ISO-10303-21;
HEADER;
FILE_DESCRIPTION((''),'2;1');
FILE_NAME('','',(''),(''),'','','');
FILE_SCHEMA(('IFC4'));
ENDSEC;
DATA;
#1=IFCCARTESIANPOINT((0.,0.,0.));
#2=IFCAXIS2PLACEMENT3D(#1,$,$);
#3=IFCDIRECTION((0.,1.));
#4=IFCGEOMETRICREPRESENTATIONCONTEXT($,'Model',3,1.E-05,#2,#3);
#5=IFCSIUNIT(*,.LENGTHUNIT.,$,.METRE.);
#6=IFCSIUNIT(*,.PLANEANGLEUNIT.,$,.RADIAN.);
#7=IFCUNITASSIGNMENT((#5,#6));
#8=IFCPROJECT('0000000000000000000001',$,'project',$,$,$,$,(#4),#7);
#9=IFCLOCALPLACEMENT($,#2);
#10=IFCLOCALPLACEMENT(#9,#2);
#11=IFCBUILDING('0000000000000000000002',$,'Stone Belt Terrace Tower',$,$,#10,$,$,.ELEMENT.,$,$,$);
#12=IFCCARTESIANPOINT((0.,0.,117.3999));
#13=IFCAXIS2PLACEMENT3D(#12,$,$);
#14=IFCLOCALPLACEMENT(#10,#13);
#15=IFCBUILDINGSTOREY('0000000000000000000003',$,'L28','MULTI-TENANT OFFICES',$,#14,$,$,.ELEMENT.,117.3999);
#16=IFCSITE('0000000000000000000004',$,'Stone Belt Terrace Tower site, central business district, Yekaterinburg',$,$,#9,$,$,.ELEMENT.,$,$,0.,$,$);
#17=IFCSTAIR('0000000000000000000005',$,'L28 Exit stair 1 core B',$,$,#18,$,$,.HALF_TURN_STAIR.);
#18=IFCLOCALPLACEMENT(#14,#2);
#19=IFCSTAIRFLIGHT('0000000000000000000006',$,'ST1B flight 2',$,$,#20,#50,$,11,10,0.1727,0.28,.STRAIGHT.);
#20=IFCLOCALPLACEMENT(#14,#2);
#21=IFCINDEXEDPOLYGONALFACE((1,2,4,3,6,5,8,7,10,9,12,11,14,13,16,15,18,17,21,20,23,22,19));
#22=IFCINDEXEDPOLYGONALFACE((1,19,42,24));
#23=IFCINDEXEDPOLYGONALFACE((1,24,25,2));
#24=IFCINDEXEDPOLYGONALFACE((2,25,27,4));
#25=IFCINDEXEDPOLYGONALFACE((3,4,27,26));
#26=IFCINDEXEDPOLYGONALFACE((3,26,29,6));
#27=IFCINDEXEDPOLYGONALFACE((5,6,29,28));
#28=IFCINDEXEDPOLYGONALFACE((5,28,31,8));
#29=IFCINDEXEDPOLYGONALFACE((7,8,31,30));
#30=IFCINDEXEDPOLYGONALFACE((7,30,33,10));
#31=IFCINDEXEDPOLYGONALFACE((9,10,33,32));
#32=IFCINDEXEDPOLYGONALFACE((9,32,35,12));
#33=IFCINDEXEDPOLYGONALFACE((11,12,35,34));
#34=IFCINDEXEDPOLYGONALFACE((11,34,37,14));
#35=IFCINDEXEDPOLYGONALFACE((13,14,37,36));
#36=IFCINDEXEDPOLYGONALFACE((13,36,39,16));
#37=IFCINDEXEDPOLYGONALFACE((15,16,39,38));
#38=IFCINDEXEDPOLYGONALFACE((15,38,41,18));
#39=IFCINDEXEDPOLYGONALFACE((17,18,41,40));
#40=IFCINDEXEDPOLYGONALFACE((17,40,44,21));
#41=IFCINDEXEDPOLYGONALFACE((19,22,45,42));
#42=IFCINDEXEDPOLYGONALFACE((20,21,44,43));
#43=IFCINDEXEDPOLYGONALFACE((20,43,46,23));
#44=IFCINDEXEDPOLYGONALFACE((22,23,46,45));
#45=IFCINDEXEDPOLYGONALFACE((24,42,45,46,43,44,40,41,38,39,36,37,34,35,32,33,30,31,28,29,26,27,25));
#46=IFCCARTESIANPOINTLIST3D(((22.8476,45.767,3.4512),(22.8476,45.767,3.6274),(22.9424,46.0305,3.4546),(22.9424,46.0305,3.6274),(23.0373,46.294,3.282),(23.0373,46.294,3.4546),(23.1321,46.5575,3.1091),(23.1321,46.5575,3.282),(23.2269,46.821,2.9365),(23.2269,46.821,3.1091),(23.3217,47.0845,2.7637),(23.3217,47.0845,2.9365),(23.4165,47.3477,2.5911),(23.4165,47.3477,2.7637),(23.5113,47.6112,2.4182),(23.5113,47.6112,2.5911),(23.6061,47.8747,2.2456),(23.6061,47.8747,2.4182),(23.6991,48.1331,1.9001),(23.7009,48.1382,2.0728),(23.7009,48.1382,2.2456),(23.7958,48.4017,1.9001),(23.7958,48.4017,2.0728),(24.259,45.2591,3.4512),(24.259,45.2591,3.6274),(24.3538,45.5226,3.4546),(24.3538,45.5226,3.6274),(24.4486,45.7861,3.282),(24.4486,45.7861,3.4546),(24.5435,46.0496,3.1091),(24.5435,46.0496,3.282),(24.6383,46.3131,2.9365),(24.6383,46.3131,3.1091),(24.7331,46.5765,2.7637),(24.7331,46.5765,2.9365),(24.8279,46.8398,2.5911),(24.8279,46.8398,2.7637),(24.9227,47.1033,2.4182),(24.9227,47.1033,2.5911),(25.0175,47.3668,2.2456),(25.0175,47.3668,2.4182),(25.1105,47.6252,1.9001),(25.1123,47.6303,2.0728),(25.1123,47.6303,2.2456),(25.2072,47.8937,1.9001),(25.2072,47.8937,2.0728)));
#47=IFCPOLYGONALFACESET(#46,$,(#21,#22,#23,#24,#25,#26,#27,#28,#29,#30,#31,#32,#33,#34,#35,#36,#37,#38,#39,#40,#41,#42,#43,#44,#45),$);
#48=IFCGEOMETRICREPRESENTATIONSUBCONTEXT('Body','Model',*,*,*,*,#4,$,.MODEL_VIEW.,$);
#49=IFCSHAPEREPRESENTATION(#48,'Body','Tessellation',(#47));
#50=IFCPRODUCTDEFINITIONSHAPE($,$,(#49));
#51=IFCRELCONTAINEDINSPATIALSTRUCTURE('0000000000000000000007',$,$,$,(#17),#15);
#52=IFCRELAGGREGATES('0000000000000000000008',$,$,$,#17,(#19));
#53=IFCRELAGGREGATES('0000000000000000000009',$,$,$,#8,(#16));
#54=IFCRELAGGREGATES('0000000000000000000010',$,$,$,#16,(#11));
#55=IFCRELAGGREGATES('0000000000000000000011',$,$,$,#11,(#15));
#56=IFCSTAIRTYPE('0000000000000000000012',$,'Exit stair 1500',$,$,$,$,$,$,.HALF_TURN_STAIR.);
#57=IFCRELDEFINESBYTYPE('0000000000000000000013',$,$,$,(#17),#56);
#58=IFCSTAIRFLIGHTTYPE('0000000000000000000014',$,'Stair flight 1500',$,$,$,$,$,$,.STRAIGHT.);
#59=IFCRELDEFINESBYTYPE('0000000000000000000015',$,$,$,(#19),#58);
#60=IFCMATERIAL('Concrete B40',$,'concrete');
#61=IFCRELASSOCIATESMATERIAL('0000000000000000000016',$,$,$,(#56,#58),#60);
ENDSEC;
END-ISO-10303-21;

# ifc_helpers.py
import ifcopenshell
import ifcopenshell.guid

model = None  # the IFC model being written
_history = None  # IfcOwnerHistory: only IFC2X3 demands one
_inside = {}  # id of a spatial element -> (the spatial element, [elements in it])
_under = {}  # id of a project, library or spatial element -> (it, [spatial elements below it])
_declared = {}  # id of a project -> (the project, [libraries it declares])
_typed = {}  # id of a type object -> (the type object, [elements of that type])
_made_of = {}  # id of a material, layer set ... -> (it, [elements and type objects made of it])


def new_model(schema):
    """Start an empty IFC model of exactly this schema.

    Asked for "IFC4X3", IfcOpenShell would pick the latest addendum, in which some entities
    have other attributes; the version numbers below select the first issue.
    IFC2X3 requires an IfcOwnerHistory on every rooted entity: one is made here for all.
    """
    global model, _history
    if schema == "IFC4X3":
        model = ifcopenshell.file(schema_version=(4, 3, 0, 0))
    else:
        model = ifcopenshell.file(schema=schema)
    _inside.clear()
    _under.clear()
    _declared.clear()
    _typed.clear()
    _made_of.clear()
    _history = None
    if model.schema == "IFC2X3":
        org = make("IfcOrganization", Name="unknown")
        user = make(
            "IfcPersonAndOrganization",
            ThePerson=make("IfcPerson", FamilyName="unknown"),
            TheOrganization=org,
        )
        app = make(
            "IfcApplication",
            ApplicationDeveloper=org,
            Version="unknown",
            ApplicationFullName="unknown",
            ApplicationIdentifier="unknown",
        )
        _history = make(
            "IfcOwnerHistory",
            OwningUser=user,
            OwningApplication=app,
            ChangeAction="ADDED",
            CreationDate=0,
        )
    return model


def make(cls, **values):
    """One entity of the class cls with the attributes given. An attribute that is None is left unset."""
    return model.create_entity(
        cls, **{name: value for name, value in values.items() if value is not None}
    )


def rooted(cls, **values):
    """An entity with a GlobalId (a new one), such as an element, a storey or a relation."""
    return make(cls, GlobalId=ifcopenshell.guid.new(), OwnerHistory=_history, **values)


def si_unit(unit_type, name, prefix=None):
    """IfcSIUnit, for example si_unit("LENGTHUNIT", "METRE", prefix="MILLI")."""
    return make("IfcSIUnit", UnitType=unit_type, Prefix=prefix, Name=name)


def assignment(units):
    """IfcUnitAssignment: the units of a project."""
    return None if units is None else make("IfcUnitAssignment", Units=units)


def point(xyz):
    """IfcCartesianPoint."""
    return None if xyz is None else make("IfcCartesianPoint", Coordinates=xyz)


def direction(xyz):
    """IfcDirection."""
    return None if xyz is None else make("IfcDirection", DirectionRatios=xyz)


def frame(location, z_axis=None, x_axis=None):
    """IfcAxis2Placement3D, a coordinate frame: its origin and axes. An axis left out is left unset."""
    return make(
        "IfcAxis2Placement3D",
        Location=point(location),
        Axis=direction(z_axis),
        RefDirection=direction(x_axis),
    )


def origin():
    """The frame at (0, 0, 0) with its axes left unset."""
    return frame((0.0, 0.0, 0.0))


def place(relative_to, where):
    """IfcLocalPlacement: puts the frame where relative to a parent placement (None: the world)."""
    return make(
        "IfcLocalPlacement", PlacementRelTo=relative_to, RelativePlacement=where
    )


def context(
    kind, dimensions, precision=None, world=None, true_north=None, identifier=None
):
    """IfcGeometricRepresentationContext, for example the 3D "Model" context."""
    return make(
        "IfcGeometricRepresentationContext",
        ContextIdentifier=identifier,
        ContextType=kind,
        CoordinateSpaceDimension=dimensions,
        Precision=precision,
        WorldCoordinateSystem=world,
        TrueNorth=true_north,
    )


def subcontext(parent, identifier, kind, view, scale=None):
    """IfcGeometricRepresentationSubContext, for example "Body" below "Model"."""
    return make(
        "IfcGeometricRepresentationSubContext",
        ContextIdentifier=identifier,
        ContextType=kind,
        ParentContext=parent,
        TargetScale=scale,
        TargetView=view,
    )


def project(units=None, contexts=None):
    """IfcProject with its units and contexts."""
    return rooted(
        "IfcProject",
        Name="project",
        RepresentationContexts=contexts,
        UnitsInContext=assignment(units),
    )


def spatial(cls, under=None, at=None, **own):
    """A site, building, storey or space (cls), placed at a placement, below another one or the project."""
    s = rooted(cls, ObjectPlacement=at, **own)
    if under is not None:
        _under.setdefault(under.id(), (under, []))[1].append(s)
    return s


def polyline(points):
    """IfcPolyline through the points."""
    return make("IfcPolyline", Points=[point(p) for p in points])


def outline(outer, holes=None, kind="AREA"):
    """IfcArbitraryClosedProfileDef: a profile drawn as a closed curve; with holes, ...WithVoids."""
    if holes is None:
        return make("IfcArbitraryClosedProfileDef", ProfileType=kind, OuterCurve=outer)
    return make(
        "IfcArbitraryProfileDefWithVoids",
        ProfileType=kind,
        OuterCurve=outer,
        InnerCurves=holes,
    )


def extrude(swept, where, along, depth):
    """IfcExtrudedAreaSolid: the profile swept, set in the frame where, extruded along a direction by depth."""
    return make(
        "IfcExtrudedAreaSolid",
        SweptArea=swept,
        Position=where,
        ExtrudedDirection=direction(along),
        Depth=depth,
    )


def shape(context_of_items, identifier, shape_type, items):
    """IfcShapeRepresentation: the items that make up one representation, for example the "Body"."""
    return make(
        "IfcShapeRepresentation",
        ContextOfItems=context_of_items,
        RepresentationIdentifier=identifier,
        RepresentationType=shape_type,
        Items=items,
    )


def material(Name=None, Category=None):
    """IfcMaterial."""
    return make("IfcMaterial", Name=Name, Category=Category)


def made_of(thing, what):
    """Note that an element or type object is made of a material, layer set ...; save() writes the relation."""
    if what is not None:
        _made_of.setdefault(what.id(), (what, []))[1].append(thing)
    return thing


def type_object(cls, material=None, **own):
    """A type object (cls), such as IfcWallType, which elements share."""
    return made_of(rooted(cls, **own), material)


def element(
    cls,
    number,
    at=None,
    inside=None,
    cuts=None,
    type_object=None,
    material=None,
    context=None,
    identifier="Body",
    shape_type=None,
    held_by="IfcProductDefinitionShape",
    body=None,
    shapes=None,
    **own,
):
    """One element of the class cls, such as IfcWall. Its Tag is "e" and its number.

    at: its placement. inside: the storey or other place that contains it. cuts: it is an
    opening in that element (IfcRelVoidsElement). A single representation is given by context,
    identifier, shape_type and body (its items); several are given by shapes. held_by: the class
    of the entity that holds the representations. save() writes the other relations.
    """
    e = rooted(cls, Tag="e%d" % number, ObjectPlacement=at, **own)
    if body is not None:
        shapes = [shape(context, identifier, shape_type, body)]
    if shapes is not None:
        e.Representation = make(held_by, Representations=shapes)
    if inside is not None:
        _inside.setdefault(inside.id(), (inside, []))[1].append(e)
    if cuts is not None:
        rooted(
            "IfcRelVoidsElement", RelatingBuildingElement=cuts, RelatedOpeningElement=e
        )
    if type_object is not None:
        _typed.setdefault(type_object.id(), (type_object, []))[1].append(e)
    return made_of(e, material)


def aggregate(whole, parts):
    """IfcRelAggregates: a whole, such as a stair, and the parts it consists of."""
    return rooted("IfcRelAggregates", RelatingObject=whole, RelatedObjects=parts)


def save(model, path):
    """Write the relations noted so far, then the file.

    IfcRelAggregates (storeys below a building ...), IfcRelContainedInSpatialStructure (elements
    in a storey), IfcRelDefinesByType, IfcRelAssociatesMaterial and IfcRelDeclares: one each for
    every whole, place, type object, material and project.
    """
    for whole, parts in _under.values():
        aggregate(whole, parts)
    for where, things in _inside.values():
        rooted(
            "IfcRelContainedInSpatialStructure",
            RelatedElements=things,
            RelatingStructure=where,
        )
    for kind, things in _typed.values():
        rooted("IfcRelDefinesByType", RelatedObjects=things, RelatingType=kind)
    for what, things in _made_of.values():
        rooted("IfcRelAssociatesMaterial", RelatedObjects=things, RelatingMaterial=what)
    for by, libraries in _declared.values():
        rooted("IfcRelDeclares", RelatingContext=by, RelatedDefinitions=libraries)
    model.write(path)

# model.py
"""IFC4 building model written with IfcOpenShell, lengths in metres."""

from ifc_helpers import new_model, si_unit, direction, frame, origin, place, context, subcontext, project, spatial, polyline, outline, extrude, material, type_object, element, aggregate, save


model = new_model("IFC4")

# Units and contexts
model_context = context("Model", 3, precision=1e-05, world=origin(), true_north=direction((0.0, 1.0)))
body_context = subcontext(model_context, "Body", "Model", "MODEL_VIEW")
ifc_project = project(units=[si_unit("LENGTHUNIT", "METRE"), si_unit("PLANEANGLEUNIT", "RADIAN")], contexts=[model_context])

# Site, building, storey
site_placement = place(None, origin())
site = spatial("IfcSite", under=ifc_project, at=site_placement, Name="Stone Belt Terrace Tower site, central business district, Yekaterinburg", CompositionType="ELEMENT", RefElevation=0.0)
building_placement = place(site_placement, origin())
building = spatial("IfcBuilding", under=site, at=building_placement, Name="Stone Belt Terrace Tower", CompositionType="ELEMENT")
storey_placement = place(building_placement, frame((0.0, 0.0, 117.3999)))
storey = spatial("IfcBuildingStorey", under=building, at=storey_placement, Name="L28", Description="MULTI-TENANT OFFICES", CompositionType="ELEMENT", Elevation=117.3999)

# Stair, stair flight
ifc_material_1 = material(Name="Concrete B40", Category="concrete")
stair_type = type_object("IfcStairType", Name="Exit stair 1500", PredefinedType="HALF_TURN_STAIR", material=ifc_material_1)
stair_placement = place(storey_placement, origin())
stair = element("IfcStair", 1, at=stair_placement, inside=storey, type_object=stair_type, Name="L28 Exit stair 1 core B", PredefinedType="HALF_TURN_STAIR")
stair_flight_type = type_object("IfcStairFlightType", Name="Stair flight 1500", PredefinedType="STRAIGHT", material=ifc_material_1)
stair_flight_1_placement = place(storey_placement, frame((24.5015, 48.1477, 1.9001), z_axis=(0.0, 0.0, 1.0), x_axis=(-0.338624, -0.940922, 0.0)))
stair_flight_1 = element("IfcStairFlight", 2, at=stair_flight_1_placement, type_object=stair_flight_type, Name="ST1B flight 2", NumberOfRisers=11, NumberOfTreads=10, PredefinedType="STRAIGHT", RiserHeight=0.1727, TreadLength=0.28, context=body_context, shape_type="SweptSolid", body=[
    extrude(outline(polyline([(0.0, 0.0), (0.0, 0.1726), (0.28, 0.1726), (0.28, 0.3455), (0.5601, 0.3455), (0.5601, 0.5181), (0.8401, 0.5181), (0.8401, 0.6909), (1.1201, 0.6909), (1.1201, 0.8635), (1.3999, 0.8635), (1.3999, 1.0364), (1.6799, 1.0364), (1.6799, 1.209), (1.96, 1.209), (1.96, 1.3818), (2.24, 1.3818), (2.24, 1.5544), (2.52, 1.5544), (2.52, 1.7273), (2.8, 1.7273), (2.8, 1.8999), (2.8, 1.551), (0.2854, 0.0), (0.0, 0.0)])), frame((0.0, 0.75, 0.0), z_axis=(0.0, -1.0, 0.0), x_axis=(1.0, 0.0, 0.0)), (0.0, 0.0, 1.0), 1.5),
])
aggregate(stair, [stair_flight_1])

save(model, "model.ifc")
